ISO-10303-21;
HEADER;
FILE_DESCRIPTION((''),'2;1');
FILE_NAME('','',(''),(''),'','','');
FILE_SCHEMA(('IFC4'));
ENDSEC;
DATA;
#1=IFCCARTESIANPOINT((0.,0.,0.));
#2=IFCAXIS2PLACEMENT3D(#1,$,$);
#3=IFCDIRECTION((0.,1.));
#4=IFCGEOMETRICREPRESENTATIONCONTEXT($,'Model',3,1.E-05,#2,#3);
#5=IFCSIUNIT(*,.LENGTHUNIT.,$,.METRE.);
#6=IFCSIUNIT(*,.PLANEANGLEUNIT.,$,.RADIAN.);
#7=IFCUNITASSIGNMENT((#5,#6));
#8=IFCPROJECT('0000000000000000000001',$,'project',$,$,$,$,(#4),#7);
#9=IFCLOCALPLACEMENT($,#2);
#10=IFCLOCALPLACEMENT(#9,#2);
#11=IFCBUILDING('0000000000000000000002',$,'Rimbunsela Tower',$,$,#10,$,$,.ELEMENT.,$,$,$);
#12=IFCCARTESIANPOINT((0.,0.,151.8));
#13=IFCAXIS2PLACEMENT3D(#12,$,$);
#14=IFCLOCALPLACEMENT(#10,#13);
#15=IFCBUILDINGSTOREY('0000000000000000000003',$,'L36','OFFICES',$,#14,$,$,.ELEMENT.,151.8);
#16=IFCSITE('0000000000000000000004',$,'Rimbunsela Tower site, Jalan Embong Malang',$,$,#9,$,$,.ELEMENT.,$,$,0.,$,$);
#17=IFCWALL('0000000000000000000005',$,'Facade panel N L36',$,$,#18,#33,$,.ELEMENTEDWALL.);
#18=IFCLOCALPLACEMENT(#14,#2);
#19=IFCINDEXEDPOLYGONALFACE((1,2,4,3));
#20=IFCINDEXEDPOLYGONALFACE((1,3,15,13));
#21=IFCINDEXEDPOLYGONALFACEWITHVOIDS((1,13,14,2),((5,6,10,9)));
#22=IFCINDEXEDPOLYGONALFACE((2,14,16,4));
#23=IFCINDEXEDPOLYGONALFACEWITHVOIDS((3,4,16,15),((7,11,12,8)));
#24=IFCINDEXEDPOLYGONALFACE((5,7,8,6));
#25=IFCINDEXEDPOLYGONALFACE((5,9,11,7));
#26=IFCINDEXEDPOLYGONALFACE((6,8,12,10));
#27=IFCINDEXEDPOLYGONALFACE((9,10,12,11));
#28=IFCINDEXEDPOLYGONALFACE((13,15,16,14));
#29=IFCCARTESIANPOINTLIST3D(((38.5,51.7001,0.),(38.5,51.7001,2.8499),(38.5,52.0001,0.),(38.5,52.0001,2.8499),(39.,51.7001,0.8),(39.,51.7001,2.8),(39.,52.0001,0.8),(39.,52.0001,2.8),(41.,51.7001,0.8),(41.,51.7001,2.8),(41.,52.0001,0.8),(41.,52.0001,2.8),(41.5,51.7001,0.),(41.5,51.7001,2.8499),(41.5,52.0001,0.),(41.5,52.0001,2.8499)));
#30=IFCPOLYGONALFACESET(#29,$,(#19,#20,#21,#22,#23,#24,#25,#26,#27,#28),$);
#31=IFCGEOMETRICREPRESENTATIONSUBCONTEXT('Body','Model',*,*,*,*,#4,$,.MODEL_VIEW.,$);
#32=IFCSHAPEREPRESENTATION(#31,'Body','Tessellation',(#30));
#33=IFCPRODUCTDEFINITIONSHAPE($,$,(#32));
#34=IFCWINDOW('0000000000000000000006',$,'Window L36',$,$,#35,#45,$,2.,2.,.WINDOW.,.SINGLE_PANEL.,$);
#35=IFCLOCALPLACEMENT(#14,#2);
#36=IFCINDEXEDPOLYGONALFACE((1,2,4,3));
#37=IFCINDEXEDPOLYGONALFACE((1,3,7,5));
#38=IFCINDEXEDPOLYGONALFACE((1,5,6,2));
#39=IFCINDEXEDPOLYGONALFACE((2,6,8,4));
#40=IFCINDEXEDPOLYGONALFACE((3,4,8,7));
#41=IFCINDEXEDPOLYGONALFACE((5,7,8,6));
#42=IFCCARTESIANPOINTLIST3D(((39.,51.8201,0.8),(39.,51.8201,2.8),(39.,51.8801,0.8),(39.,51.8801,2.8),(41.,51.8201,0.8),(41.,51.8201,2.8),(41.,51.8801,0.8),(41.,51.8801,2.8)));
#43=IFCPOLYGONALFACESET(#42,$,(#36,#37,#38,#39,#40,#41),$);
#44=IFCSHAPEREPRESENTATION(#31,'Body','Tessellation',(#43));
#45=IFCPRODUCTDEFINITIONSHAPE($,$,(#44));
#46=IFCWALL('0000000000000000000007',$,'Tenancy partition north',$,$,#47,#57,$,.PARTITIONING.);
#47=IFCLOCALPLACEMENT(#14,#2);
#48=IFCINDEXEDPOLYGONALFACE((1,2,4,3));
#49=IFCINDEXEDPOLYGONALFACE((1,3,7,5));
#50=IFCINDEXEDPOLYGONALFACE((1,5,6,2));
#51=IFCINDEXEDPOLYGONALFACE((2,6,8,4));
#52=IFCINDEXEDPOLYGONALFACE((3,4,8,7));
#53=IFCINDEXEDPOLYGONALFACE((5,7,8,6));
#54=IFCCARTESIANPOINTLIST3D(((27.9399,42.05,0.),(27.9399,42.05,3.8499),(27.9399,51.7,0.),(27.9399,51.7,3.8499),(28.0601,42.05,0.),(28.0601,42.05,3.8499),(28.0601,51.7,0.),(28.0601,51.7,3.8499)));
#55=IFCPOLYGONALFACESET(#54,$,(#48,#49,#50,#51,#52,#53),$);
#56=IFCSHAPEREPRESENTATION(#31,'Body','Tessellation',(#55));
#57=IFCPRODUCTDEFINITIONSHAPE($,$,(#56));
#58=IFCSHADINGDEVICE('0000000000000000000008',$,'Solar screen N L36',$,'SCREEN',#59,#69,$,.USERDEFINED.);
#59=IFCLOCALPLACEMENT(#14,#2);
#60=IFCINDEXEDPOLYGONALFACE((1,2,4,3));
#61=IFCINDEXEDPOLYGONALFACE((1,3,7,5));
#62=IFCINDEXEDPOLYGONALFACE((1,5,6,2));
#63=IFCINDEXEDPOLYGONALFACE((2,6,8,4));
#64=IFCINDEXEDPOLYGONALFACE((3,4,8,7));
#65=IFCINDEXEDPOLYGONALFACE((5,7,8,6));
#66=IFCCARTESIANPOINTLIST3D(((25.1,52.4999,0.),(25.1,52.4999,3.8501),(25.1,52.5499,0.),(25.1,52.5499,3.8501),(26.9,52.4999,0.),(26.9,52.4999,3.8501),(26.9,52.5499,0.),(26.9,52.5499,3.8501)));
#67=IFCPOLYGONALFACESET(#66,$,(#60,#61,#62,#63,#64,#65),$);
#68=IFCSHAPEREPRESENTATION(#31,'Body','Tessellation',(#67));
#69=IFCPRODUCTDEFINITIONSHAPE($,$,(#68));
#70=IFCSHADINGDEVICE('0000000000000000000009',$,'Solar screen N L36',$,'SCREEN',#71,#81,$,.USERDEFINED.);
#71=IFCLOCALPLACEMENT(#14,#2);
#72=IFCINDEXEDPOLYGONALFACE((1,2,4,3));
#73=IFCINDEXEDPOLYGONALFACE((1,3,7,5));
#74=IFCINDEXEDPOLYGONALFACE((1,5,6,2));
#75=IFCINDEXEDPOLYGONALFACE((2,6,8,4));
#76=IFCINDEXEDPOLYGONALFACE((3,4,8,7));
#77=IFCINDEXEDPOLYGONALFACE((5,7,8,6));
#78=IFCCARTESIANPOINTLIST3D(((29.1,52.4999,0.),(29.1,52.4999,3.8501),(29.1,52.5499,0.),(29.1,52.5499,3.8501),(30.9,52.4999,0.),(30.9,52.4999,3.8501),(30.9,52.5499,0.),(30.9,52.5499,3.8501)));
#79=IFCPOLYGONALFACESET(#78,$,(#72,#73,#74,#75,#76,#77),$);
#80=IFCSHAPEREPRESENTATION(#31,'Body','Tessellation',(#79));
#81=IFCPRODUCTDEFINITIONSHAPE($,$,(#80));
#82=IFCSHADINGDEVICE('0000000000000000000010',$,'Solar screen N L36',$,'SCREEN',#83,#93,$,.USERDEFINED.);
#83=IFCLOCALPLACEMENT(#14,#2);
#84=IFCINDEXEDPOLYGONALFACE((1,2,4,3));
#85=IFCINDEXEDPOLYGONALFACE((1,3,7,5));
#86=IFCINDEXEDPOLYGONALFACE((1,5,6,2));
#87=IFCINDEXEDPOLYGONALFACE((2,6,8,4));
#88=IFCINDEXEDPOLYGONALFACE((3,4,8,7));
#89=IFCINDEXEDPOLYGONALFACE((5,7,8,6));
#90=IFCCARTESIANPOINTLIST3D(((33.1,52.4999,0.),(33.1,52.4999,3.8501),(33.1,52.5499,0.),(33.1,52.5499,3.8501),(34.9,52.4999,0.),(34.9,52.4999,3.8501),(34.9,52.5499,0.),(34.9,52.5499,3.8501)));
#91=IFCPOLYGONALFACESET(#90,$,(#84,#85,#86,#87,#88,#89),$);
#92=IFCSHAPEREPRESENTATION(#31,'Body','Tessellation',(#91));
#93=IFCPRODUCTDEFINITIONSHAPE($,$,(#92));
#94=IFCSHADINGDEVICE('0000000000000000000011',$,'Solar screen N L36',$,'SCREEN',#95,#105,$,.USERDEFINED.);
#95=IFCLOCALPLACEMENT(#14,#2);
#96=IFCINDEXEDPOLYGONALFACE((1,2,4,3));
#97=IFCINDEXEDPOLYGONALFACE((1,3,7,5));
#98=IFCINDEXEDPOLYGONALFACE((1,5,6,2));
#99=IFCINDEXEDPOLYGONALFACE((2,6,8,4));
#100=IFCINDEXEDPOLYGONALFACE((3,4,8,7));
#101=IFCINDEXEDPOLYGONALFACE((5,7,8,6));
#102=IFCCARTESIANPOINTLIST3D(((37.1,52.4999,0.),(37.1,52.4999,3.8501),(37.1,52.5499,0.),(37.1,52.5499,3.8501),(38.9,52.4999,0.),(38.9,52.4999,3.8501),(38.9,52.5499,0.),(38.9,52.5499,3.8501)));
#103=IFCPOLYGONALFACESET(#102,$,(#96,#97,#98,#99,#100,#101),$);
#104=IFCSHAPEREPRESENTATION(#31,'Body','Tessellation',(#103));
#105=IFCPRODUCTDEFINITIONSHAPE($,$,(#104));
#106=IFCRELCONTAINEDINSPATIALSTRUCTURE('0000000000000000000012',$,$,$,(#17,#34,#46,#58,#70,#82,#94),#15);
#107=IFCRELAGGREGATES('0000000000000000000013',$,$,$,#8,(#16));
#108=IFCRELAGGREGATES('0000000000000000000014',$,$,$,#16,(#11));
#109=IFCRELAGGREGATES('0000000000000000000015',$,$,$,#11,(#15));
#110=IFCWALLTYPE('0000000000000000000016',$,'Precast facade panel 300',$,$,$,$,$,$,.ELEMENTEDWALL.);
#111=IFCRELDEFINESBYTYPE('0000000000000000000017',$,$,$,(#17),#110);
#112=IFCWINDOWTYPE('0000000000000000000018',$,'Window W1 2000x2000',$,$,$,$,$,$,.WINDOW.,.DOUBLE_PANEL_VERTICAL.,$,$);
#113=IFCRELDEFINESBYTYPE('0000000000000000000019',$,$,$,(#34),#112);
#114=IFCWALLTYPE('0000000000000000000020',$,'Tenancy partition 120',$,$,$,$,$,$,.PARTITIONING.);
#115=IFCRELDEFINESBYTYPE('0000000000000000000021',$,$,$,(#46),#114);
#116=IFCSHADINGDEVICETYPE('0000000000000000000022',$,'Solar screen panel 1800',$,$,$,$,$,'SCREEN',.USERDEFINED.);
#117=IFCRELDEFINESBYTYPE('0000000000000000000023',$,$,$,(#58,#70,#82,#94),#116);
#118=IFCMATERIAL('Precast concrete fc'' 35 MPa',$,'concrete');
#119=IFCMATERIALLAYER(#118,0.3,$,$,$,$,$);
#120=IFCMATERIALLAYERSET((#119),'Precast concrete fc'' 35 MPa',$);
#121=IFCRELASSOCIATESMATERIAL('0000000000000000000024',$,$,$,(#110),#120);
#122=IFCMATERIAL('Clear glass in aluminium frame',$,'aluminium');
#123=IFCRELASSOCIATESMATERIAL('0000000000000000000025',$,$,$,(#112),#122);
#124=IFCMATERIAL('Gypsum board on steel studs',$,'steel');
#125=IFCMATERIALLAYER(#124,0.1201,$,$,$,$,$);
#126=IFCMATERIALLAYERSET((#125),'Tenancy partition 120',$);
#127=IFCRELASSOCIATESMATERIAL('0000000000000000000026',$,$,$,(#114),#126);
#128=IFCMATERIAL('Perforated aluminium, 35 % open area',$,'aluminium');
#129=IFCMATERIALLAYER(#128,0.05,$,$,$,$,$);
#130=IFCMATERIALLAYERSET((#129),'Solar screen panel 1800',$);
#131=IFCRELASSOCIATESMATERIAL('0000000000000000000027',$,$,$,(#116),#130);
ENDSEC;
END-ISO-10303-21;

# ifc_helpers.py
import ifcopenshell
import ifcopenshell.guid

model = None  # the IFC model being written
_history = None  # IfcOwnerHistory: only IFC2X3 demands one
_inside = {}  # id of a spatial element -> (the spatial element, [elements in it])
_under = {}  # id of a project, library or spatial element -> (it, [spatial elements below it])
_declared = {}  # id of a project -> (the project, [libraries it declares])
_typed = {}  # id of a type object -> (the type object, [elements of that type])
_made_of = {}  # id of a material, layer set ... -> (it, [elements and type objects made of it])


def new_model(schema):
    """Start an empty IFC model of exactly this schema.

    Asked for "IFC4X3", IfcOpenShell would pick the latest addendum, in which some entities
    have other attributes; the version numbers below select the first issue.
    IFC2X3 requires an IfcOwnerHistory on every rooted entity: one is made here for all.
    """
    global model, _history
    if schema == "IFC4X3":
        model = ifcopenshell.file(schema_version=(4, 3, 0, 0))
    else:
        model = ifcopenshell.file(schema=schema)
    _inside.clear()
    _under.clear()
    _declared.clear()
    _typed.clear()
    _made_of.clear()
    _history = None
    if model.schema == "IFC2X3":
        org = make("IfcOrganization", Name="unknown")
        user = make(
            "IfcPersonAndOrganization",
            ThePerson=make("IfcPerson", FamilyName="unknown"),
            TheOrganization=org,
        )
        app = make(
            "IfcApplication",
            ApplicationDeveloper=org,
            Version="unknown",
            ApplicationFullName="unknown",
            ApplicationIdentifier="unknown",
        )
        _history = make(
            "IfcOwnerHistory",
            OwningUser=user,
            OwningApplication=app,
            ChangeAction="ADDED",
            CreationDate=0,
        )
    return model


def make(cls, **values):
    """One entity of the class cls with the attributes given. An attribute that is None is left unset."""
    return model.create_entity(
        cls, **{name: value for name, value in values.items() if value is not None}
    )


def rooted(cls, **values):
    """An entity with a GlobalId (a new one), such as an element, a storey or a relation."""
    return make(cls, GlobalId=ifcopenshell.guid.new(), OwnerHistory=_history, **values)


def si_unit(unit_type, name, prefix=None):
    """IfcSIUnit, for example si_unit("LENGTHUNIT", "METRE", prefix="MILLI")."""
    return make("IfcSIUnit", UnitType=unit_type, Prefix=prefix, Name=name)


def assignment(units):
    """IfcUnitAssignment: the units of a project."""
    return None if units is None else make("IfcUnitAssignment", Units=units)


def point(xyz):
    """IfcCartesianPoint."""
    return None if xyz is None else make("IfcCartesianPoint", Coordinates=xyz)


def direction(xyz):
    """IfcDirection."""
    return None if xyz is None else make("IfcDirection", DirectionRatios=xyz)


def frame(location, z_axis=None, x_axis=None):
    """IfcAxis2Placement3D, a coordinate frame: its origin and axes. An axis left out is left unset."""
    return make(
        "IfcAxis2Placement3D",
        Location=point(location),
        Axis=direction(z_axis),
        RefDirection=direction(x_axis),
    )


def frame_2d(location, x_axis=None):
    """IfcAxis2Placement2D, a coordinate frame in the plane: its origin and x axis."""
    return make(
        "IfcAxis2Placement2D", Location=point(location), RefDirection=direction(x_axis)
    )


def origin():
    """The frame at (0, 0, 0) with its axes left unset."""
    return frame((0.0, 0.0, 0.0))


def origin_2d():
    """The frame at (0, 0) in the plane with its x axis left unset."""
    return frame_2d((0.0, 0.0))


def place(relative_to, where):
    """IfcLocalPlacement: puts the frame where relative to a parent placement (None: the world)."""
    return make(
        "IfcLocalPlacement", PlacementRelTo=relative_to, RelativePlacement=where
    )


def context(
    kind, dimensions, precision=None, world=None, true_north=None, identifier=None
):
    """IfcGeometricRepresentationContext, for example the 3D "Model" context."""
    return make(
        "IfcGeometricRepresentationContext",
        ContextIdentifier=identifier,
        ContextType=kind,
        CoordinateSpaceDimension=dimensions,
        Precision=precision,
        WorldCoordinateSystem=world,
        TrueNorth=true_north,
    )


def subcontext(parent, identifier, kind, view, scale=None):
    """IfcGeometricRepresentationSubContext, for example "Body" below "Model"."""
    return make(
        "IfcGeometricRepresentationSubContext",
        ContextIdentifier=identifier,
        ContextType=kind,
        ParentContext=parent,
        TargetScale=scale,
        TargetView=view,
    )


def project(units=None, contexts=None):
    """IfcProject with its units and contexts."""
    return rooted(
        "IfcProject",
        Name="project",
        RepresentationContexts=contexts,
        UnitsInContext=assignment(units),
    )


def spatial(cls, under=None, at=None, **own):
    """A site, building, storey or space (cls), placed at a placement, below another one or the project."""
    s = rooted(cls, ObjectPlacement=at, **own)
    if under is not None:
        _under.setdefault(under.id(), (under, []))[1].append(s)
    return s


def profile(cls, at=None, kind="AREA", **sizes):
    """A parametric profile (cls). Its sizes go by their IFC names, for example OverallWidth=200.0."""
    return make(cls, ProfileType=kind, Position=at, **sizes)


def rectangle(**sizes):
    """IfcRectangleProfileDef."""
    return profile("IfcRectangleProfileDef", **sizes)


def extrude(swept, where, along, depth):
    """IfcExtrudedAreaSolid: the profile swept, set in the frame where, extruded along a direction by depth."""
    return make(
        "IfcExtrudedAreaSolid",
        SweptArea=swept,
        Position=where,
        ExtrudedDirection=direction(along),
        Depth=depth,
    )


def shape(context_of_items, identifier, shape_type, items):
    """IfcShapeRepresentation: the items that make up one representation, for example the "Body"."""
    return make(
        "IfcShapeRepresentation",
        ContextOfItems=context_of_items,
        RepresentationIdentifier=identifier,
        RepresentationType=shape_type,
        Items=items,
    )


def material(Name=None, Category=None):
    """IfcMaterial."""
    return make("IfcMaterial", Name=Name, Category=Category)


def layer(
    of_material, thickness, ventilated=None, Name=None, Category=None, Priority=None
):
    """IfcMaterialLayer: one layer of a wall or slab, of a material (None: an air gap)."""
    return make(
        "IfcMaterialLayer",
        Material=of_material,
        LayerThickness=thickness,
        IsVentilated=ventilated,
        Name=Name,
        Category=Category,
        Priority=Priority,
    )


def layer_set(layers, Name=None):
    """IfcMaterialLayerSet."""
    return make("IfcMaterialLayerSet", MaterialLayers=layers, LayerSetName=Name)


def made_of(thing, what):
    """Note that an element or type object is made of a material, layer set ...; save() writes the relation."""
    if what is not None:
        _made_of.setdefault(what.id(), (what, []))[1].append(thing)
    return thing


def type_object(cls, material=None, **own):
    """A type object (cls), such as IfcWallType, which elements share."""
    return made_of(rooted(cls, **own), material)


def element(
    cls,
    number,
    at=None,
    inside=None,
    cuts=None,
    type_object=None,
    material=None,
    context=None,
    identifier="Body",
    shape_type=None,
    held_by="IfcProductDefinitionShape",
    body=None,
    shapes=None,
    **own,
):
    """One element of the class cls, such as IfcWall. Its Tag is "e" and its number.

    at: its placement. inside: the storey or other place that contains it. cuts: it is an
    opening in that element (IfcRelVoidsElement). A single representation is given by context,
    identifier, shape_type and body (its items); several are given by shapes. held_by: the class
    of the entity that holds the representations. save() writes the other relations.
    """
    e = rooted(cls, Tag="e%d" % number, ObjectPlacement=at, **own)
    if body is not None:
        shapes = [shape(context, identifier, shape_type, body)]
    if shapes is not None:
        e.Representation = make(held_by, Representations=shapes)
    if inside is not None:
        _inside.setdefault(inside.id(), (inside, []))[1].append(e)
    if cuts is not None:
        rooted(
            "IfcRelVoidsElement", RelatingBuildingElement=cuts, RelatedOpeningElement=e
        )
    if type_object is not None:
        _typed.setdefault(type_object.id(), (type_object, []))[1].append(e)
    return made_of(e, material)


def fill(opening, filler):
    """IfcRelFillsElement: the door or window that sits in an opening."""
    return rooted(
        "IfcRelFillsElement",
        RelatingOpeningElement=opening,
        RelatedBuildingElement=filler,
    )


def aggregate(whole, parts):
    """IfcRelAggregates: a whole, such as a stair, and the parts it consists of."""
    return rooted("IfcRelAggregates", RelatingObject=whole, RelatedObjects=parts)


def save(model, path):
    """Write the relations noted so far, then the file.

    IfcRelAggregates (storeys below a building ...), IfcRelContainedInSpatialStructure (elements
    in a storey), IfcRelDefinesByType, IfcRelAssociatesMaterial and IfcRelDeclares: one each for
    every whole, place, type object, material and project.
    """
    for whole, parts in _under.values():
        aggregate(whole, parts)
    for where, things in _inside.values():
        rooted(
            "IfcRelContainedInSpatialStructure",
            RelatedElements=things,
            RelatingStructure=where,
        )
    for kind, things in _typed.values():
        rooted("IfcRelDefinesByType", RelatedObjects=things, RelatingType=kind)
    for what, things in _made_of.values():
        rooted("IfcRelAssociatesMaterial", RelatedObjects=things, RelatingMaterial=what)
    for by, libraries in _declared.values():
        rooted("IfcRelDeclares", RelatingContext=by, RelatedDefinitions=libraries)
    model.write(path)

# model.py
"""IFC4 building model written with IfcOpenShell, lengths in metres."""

from ifc_helpers import new_model, si_unit, direction, frame, frame_2d, origin, origin_2d, place, context, subcontext, project, spatial, rectangle, extrude, material, layer, layer_set, type_object, element, fill, save


model = new_model("IFC4")

# Units and contexts
model_context = context("Model", 3, precision=1e-05, world=origin(), true_north=direction((0.0, 1.0)))
body_context = subcontext(model_context, "Body", "Model", "MODEL_VIEW")
ifc_project = project(units=[si_unit("LENGTHUNIT", "METRE"), si_unit("PLANEANGLEUNIT", "RADIAN")], contexts=[model_context])

# Site, building, storey
site_placement = place(None, origin())
site = spatial("IfcSite", under=ifc_project, at=site_placement, Name="Rimbunsela Tower site, Jalan Embong Malang", CompositionType="ELEMENT", RefElevation=0.0)
building_placement = place(site_placement, origin())
building = spatial("IfcBuilding", under=site, at=building_placement, Name="Rimbunsela Tower", CompositionType="ELEMENT")
storey_placement = place(building_placement, frame((0.0, 0.0, 151.8)))
storey = spatial("IfcBuildingStorey", under=building, at=storey_placement, Name="L36", Description="OFFICES", CompositionType="ELEMENT", Elevation=151.8)

# Shared definitions
ifc_material_1 = material(Name="Precast concrete fc' 35 MPa", Category="concrete")
ifc_layer_1 = layer(ifc_material_1, 0.3)
ifc_layer_set_1 = layer_set([ifc_layer_1], Name="Precast concrete fc' 35 MPa")
wall_type_1 = type_object("IfcWallType", Name="Precast facade panel 300", PredefinedType="ELEMENTEDWALL", material=ifc_layer_set_1)

# Wall, opening, window
ifc_material_2 = material(Name="Clear glass in aluminium frame", Category="aluminium")
window_type_1 = type_object("IfcWindowType", Name="Window W1 2000x2000", PartitioningType="DOUBLE_PANEL_VERTICAL", PredefinedType="WINDOW", material=ifc_material_2)
wall_1_placement = place(storey_placement, frame((41.5, 51.8501, 0.0), z_axis=(0.0, 0.0, 1.0), x_axis=(-1.0, 0.0, 0.0)))
wall_1 = element("IfcWall", 1, at=wall_1_placement, inside=storey, type_object=wall_type_1, Name="Facade panel N L36", PredefinedType="ELEMENTEDWALL", context=body_context, shape_type="SweptSolid", body=[
    extrude(rectangle(XDim=3.0, YDim=0.3, at=frame_2d((1.5, 0.0))), origin(), (0.0, 0.0, 1.0), 2.8499),
])
opening_1_placement = place(wall_1_placement, frame((0.5, 0.0, 0.8)))
opening_1 = element("IfcOpeningElement", 2, at=opening_1_placement, cuts=wall_1, PredefinedType="OPENING", context=body_context, shape_type="SweptSolid", body=[
    extrude(rectangle(XDim=2.0, YDim=2.0, at=frame_2d((1.0, 1.0))), frame((0.0, 0.1599, 0.0), z_axis=(0.0, -1.0, 0.0), x_axis=(1.0, 0.0, 0.0)), (0.0, 0.0, 1.0), 0.3201),
])
window_1_placement = place(opening_1_placement, origin())
window_1 = element("IfcWindow", 3, at=window_1_placement, inside=storey, type_object=window_type_1, Name="Window L36", OverallHeight=2.0, OverallWidth=2.0, PartitioningType="SINGLE_PANEL", PredefinedType="WINDOW", context=body_context, shape_type="SweptSolid", body=[
    extrude(rectangle(XDim=2.0, YDim=2.0, at=frame_2d((1.0, 1.0))), frame((0.0, 0.03, 0.0), z_axis=(0.0, -1.0, 0.0), x_axis=(1.0, 0.0, 0.0)), (0.0, 0.0, 1.0), 0.0601),
])
fill(opening_1, window_1)

# Wall
ifc_material_3 = material(Name="Gypsum board on steel studs", Category="steel")
ifc_layer_2 = layer(ifc_material_3, 0.1201)
ifc_layer_set_2 = layer_set([ifc_layer_2], Name="Tenancy partition 120")
wall_type_2 = type_object("IfcWallType", Name="Tenancy partition 120", PredefinedType="PARTITIONING", material=ifc_layer_set_2)
wall_2_placement = place(storey_placement, frame((28.0, 42.05, 0.0), z_axis=(0.0, 0.0, 1.0), x_axis=(0.0, 1.0, 0.0)))
element("IfcWall", 4, at=wall_2_placement, inside=storey, type_object=wall_type_2, Name="Tenancy partition north", PredefinedType="PARTITIONING", context=body_context, shape_type="SweptSolid", body=[
    extrude(rectangle(XDim=9.6499, YDim=0.1201, at=frame_2d((4.825, 0.0))), origin(), (0.0, 0.0, 1.0), 3.8499),
])

# Shading devices
ifc_material_4 = material(Name="Perforated aluminium, 35 % open area", Category="aluminium")
ifc_layer_3 = layer(ifc_material_4, 0.05)
ifc_layer_set_3 = layer_set([ifc_layer_3], Name="Solar screen panel 1800")
shading_device_type = type_object("IfcShadingDeviceType", Name="Solar screen panel 1800", ElementType="SCREEN", PredefinedType="USERDEFINED", material=ifc_layer_set_3)
for number, where, z_axis, x_axis, name in (
    (5, (26.0, 52.5249, 0.0), (0.0, 0.0, 1.0), (1.0, 0.0, 0.0), "Solar screen N L36"),
    (6, (30.0, 52.5249, 0.0), (0.0, 0.0, 1.0), (1.0, 0.0, 0.0), "Solar screen N L36"),
    (7, (34.0, 52.5249, 0.0), (0.0, 0.0, 1.0), (1.0, 0.0, 0.0), "Solar screen N L36"),
    (8, (38.0, 52.5249, 0.0), (0.0, 0.0, 1.0), (1.0, 0.0, 0.0), "Solar screen N L36"),
):
    element("IfcShadingDevice", number, at=place(storey_placement, frame(where, z_axis=z_axis, x_axis=x_axis)), inside=storey, type_object=shading_device_type, Name=name, ObjectType="SCREEN", PredefinedType="USERDEFINED", context=body_context, shape_type="SweptSolid", body=[
        extrude(rectangle(XDim=1.8, YDim=0.05, at=origin_2d()), origin(), (0.0, 0.0, 1.0), 3.8501),
    ])

save(model, "model.ifc")
